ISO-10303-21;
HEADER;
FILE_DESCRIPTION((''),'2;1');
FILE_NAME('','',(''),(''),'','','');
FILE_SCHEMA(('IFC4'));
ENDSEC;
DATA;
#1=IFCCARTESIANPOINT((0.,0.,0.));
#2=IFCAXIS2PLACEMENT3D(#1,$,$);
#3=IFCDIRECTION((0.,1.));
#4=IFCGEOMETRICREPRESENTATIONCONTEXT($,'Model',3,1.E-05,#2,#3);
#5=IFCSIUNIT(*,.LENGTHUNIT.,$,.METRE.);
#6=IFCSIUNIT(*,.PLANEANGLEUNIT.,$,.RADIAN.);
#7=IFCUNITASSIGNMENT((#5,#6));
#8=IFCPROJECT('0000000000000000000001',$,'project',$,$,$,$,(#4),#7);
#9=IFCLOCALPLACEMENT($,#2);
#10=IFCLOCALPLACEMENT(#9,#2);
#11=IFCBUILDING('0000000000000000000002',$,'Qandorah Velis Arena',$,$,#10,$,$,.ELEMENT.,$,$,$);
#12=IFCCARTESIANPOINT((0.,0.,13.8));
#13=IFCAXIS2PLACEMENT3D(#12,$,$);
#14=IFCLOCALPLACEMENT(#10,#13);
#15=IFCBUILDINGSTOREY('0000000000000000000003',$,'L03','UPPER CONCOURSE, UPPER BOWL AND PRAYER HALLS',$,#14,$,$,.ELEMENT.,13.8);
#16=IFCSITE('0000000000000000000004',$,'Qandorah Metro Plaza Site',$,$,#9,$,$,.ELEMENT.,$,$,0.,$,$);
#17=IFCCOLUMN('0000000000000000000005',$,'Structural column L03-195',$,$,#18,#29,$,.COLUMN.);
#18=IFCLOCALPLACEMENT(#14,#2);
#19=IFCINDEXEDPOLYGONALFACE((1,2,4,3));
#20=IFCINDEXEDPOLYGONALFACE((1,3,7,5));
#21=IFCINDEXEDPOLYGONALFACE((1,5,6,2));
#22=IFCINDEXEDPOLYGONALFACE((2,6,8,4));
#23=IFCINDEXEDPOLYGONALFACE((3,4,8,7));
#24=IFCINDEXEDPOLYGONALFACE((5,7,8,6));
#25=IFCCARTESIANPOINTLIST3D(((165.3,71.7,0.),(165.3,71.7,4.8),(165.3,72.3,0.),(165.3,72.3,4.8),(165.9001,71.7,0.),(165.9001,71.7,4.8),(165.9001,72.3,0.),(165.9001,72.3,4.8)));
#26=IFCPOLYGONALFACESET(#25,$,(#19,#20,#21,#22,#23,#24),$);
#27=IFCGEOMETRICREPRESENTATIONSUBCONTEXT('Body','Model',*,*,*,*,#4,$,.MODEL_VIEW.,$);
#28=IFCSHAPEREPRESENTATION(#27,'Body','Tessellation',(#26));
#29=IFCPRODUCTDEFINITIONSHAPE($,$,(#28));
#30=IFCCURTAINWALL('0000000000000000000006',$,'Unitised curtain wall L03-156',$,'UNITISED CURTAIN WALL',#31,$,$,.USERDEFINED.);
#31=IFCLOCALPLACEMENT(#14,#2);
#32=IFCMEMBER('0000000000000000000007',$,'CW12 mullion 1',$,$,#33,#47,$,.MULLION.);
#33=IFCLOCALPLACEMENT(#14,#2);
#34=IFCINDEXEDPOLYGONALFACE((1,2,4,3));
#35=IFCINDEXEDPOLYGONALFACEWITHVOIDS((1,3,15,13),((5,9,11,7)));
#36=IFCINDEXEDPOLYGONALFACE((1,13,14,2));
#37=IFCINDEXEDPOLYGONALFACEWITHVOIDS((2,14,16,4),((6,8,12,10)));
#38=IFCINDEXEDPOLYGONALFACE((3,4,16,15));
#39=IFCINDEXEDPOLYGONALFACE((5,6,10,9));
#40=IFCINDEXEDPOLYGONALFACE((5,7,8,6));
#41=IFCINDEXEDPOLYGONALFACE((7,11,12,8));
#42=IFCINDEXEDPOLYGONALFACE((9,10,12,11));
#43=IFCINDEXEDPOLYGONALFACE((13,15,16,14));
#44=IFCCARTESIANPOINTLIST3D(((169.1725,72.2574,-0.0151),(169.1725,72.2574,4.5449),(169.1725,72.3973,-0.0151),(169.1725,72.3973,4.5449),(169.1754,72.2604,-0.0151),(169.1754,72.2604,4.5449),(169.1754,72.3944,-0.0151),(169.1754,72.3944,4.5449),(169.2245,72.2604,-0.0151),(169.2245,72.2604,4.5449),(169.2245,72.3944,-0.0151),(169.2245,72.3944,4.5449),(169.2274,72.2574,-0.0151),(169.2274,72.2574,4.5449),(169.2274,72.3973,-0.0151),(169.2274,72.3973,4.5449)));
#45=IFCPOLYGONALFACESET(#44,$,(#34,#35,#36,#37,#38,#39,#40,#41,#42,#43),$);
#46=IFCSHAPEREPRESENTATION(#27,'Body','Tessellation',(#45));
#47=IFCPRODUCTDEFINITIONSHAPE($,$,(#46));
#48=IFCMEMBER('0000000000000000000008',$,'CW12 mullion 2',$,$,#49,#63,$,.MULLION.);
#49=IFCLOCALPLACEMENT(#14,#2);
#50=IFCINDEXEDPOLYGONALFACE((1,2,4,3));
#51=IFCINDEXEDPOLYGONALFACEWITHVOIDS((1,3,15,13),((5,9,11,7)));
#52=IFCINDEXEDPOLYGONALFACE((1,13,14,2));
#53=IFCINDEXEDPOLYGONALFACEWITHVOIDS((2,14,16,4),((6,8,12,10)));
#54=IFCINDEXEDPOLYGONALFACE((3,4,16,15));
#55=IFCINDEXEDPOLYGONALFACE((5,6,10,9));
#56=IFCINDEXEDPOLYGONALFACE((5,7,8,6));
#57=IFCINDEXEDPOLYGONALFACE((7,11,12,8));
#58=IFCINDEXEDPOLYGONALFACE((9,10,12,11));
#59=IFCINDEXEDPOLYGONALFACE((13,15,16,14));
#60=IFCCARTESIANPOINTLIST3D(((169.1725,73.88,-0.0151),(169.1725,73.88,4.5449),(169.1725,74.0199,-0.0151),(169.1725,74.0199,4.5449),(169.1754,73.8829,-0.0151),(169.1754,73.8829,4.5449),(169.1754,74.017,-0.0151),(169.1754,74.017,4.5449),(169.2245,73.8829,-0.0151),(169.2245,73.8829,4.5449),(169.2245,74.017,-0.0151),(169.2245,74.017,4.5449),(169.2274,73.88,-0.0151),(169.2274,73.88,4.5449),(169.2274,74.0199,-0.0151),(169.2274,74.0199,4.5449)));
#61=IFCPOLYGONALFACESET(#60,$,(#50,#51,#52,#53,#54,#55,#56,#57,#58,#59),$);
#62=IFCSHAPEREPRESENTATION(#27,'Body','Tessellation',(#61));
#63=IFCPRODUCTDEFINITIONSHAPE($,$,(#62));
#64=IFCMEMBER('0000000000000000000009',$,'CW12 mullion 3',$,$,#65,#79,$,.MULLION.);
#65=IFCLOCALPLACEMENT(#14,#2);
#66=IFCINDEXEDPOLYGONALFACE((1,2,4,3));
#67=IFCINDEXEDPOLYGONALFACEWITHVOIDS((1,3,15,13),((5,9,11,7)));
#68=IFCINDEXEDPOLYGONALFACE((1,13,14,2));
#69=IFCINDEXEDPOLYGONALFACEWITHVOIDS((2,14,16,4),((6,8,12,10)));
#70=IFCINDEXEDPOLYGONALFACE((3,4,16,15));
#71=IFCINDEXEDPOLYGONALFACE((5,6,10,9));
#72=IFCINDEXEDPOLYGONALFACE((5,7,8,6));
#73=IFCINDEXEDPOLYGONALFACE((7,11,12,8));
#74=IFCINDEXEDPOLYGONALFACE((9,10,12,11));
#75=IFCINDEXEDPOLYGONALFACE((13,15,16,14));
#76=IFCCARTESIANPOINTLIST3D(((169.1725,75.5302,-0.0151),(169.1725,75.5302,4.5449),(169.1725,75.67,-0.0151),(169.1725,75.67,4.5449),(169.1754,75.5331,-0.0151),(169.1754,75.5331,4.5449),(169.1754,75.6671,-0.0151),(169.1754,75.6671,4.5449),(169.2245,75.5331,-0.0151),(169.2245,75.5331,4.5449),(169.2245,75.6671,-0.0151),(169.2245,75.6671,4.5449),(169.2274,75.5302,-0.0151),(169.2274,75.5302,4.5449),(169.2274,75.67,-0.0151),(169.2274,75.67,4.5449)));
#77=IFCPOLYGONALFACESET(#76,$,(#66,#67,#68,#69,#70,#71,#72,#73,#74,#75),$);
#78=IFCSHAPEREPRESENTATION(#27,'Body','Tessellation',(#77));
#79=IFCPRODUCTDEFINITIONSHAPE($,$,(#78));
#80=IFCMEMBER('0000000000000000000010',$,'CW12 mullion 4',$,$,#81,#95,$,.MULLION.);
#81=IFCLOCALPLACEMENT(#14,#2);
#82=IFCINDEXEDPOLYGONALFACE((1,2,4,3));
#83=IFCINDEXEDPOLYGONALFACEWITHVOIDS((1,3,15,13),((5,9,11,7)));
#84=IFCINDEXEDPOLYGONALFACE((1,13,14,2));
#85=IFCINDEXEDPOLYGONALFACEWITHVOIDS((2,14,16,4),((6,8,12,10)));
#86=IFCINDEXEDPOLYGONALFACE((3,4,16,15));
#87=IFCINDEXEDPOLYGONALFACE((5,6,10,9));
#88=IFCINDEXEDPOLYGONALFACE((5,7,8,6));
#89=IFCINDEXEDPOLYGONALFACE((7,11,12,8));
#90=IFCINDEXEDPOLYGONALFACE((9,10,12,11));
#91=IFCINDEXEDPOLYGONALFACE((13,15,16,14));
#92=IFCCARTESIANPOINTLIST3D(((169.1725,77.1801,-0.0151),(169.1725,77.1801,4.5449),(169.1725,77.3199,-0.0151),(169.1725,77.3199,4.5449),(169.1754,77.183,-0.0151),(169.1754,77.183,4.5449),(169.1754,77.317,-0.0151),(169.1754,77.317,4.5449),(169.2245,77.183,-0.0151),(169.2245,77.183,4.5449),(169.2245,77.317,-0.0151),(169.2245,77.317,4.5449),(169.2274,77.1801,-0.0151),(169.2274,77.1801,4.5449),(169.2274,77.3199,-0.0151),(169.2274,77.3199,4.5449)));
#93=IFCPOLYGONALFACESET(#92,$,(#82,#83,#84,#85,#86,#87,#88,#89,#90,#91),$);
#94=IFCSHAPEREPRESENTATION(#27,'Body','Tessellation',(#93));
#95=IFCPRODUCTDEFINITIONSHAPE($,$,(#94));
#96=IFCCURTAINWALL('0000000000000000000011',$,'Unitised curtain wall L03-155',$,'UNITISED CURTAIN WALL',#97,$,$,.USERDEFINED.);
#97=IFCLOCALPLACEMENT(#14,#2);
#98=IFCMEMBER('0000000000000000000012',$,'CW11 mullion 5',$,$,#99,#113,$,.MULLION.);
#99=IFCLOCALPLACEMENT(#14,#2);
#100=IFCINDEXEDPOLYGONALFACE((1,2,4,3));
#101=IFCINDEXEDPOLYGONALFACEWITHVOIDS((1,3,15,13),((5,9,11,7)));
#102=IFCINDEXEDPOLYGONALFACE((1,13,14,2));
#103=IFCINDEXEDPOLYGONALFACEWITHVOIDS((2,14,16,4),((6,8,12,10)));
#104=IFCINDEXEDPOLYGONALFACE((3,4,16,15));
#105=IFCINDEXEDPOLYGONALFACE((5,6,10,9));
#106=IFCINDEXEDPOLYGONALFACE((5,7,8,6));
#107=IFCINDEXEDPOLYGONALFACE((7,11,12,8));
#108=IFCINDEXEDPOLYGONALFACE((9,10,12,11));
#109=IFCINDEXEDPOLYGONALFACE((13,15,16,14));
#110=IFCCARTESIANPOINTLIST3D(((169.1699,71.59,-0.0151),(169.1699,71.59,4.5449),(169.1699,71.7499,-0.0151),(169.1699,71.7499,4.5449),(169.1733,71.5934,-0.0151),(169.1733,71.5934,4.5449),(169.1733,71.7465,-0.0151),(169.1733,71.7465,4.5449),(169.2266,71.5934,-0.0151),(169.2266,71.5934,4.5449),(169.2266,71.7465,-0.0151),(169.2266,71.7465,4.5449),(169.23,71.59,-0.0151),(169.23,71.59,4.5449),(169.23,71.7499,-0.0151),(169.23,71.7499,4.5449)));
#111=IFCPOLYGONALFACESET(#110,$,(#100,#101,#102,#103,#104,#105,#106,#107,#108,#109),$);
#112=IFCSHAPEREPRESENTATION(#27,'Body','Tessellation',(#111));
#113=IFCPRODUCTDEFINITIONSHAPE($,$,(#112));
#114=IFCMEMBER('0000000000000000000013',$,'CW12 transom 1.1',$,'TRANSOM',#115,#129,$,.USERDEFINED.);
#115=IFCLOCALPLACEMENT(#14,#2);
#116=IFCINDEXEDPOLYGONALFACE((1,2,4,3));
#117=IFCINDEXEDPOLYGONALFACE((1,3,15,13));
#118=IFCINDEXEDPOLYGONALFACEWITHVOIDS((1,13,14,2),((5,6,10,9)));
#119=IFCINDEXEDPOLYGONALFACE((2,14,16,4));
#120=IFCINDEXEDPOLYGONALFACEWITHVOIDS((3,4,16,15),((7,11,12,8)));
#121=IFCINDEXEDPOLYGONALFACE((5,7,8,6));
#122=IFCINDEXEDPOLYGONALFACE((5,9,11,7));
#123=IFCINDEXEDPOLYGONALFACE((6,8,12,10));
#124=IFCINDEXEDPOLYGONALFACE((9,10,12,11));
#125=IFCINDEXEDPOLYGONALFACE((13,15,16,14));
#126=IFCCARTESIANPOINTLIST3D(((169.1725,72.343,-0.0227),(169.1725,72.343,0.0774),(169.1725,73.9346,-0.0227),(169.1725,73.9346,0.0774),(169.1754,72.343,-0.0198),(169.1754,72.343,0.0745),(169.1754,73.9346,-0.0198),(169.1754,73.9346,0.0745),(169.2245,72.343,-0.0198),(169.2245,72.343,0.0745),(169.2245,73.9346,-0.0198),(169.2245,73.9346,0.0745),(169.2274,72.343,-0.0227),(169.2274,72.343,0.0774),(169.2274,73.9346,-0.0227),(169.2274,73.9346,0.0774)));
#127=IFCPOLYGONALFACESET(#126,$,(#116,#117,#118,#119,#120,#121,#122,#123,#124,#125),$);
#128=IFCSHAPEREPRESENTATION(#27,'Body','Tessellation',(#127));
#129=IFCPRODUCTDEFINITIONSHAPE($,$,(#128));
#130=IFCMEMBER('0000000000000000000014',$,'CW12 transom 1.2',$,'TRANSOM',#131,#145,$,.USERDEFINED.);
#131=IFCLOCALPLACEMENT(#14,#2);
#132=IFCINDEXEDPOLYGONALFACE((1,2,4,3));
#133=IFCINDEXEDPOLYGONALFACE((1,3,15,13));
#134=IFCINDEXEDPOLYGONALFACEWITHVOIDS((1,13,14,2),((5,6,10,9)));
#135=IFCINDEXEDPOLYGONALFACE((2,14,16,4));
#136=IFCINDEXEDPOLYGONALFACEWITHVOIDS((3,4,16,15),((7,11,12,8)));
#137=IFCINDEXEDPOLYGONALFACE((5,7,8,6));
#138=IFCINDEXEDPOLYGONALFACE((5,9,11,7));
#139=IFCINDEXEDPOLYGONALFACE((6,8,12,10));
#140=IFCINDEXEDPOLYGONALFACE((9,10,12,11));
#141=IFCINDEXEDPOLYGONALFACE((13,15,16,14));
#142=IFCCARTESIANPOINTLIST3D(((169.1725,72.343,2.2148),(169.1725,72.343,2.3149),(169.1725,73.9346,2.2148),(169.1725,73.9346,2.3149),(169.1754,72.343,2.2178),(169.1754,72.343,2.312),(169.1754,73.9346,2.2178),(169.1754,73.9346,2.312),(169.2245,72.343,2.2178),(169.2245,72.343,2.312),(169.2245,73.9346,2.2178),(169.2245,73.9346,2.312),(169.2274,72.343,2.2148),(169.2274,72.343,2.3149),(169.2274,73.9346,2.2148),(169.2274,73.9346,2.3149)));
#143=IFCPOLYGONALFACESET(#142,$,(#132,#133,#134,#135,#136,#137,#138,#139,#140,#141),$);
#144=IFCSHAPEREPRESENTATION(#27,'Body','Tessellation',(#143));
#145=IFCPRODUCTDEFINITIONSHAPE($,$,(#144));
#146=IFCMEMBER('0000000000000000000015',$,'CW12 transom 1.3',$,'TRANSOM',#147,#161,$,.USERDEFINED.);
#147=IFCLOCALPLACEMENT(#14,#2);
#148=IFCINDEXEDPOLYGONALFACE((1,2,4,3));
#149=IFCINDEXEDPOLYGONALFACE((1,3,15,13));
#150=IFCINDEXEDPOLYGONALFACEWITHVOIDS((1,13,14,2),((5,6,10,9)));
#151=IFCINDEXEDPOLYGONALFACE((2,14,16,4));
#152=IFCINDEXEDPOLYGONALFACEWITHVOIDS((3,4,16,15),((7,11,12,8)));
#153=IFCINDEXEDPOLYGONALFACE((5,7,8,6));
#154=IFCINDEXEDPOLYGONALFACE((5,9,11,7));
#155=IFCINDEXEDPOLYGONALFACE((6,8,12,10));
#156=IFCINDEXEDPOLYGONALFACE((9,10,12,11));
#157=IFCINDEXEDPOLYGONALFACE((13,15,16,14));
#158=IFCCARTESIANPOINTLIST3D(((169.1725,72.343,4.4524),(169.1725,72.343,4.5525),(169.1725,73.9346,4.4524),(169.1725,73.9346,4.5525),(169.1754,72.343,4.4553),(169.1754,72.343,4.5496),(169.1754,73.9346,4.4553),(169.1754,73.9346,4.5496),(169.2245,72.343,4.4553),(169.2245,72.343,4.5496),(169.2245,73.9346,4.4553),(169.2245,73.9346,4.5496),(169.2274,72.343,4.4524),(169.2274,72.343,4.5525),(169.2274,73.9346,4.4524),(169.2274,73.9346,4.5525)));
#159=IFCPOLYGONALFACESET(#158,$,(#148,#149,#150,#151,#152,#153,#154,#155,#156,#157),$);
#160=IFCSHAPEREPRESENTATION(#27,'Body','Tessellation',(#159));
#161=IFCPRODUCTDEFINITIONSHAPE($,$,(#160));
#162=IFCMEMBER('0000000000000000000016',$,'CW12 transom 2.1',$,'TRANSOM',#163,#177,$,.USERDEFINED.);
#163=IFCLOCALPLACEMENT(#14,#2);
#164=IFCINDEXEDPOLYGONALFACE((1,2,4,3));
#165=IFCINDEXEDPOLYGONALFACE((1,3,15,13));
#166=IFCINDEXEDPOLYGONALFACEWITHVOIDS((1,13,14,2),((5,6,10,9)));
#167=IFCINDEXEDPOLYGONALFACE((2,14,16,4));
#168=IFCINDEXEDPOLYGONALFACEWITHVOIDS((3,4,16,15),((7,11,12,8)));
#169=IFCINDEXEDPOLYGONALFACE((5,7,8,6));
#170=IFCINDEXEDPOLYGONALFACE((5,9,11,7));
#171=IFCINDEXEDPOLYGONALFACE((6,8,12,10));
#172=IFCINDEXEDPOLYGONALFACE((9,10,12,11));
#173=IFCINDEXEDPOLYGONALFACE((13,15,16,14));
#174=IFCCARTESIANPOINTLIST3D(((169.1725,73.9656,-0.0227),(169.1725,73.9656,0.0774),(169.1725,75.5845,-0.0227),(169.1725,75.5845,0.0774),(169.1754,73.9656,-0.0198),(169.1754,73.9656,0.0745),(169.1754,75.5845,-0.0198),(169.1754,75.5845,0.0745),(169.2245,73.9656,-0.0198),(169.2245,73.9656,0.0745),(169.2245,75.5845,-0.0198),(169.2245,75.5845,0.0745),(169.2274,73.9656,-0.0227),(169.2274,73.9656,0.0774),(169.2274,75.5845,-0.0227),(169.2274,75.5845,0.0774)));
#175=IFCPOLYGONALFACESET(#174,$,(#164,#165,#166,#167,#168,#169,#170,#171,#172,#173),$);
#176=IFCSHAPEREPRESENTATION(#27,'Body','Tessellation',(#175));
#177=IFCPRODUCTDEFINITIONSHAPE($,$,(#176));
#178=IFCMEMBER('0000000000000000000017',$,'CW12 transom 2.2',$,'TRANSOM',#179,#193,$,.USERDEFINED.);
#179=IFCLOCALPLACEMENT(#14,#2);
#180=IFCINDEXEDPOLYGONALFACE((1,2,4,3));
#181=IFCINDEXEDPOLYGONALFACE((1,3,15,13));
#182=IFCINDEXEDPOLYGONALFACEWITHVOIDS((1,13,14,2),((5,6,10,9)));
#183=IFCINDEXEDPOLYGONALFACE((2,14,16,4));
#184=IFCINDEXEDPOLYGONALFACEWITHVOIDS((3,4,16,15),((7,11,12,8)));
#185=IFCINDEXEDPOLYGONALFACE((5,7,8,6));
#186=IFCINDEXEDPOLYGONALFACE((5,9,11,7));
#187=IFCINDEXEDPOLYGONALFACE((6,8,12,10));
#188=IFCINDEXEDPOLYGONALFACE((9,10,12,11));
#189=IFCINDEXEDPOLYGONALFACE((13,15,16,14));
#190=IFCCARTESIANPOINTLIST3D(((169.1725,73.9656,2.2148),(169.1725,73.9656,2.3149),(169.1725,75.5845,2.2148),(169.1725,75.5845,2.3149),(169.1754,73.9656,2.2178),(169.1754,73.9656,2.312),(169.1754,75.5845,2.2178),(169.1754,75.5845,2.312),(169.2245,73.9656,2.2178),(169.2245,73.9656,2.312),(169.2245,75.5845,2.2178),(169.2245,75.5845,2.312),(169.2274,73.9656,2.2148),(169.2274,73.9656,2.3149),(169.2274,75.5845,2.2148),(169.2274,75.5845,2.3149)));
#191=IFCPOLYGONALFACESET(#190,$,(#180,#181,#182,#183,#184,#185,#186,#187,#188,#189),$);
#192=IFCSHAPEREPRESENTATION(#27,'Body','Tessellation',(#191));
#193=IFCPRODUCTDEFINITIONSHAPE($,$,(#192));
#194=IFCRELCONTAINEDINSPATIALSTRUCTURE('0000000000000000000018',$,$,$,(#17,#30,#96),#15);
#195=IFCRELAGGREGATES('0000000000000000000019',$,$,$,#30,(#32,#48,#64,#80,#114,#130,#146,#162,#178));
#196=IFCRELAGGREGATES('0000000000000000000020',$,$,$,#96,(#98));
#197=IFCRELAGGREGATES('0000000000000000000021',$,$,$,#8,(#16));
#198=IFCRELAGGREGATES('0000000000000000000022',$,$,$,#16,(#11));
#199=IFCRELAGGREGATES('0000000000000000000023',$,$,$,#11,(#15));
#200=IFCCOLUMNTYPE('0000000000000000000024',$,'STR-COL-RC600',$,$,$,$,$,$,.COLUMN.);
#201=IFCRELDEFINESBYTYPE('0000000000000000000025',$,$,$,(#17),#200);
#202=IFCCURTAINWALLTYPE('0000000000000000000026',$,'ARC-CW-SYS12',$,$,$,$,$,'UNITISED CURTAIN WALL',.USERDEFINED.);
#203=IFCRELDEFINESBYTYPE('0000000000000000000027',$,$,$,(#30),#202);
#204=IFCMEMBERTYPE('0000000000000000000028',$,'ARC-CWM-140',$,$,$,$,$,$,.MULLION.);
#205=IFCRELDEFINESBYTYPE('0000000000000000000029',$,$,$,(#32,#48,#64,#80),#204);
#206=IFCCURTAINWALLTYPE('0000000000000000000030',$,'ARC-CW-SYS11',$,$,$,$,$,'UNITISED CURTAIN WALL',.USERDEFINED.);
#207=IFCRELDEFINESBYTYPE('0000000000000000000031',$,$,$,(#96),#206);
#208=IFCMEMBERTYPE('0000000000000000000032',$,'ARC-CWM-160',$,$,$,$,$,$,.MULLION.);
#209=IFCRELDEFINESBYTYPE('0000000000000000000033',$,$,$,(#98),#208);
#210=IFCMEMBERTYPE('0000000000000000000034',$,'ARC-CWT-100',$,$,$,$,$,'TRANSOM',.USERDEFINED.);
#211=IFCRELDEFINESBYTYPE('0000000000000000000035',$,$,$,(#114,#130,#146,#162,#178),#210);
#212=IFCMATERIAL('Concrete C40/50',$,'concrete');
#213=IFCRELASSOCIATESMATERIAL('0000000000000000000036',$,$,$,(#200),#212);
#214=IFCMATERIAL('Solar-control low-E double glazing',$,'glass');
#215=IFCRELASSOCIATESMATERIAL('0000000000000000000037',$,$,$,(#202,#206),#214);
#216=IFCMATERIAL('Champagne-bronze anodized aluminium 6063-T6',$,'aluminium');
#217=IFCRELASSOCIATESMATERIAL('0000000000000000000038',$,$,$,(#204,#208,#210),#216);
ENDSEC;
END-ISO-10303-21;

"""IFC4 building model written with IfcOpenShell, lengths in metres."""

from ifc_helpers import new_model, si_unit, direction, frame, origin, origin_2d, place, context, subcontext, project, spatial, rectangle, hollow_rectangle, extrude, material, material_profile, profile_set, type_object, element, aggregate, save


model = new_model("IFC4")

# Units and contexts
model_context = context("Model", 3, precision=1e-05, world=origin(), true_north=direction((0.0, 1.0)))
body_context = subcontext(model_context, "Body", "Model", "MODEL_VIEW")
ifc_project = project(units=[si_unit("LENGTHUNIT", "METRE"), si_unit("PLANEANGLEUNIT", "RADIAN")], contexts=[model_context])

# Site, building, storey
site_placement = place(None, origin())
site = spatial("IfcSite", under=ifc_project, at=site_placement, Name="Qandorah Metro Plaza Site", CompositionType="ELEMENT", RefElevation=0.0)
building_placement = place(site_placement, origin())
building = spatial("IfcBuilding", under=site, at=building_placement, Name="Qandorah Velis Arena", CompositionType="ELEMENT")
storey_placement = place(building_placement, frame((0.0, 0.0, 13.8)))
storey = spatial("IfcBuildingStorey", under=building, at=storey_placement, Name="L03", Description="UPPER CONCOURSE, UPPER BOWL AND PRAYER HALLS", CompositionType="ELEMENT", Elevation=13.8)

# Column
ifc_material_1 = material(Name="Concrete C40/50", Category="concrete")
ifc_material_profile_1 = material_profile(ifc_material_1, rectangle(XDim=0.6001, YDim=0.6001, at=origin_2d()), Name="RC COL 600x600")
ifc_profile_set_1 = profile_set([ifc_material_profile_1], Name="Concrete C40/50")
column_type = type_object("IfcColumnType", Name="STR-COL-RC600", PredefinedType="COLUMN", material=ifc_profile_set_1)
column_placement = place(storey_placement, frame((165.6001, 72.0, 0.0), z_axis=(0.0, 0.0, 1.0), x_axis=(1.0, 0.0, 0.0)))
element("IfcColumn", 1, at=column_placement, inside=storey, type_object=column_type, Name="Structural column L03-195", PredefinedType="COLUMN", context=body_context, shape_type="SweptSolid", body=[
    extrude(rectangle(XDim=0.6001, YDim=0.6001, at=origin_2d()), origin(), (0.0, 0.0, 1.0), 4.8),
])

# Curtain wall, members
ifc_material_2 = material(Name="Solar-control low-E double glazing", Category="glass")
curtain_wall_type_1 = type_object("IfcCurtainWallType", Name="ARC-CW-SYS12", ElementType="UNITISED CURTAIN WALL", PredefinedType="USERDEFINED", material=ifc_material_2)
curtain_wall_1_placement = place(storey_placement, origin())
curtain_wall_1 = element("IfcCurtainWall", 2, at=curtain_wall_1_placement, inside=storey, type_object=curtain_wall_type_1, Name="Unitised curtain wall L03-156", ObjectType="UNITISED CURTAIN WALL", PredefinedType="USERDEFINED")
ifc_material_3 = material(Name="Champagne-bronze anodized aluminium 6063-T6", Category="aluminium")
ifc_material_profile_2 = material_profile(ifc_material_3, hollow_rectangle(XDim=0.0549, YDim=0.1399, WallThickness=0.0029, at=origin_2d()), Name="ALU MULLION 55x140")
ifc_profile_set_2 = profile_set([ifc_material_profile_2], Name="Champagne-bronze anodized aluminium 6063-T6")
member_type_1 = type_object("IfcMemberType", Name="ARC-CWM-140", PredefinedType="MULLION", material=ifc_profile_set_2)
member_1_placement = place(storey_placement, frame((169.2, 72.3274, -0.0151), z_axis=(0.0, 0.0, 1.0), x_axis=(-1.0, 0.0, 0.0)))
member_1 = element("IfcMember", 3, at=member_1_placement, type_object=member_type_1, Name="CW12 mullion 1", PredefinedType="MULLION", context=body_context, shape_type="SweptSolid", body=[
    extrude(hollow_rectangle(XDim=0.0549, YDim=0.1399, WallThickness=0.0029, at=origin_2d()), origin(), (0.0, 0.0, 1.0), 4.5601),
])
member_2_placement = place(storey_placement, frame((169.2, 73.95, -0.0151), z_axis=(0.0, 0.0, 1.0), x_axis=(-1.0, 0.0, 0.0)))
member_2 = element("IfcMember", 4, at=member_2_placement, type_object=member_type_1, Name="CW12 mullion 2", PredefinedType="MULLION", context=body_context, shape_type="SweptSolid", body=[
    extrude(hollow_rectangle(XDim=0.0549, YDim=0.1399, WallThickness=0.0029, at=origin_2d()), origin(), (0.0, 0.0, 1.0), 4.5601),
])
member_3_placement = place(storey_placement, frame((169.2, 75.6001, -0.0151), z_axis=(0.0, 0.0, 1.0), x_axis=(-1.0, 0.0, 0.0)))
member_3 = element("IfcMember", 5, at=member_3_placement, type_object=member_type_1, Name="CW12 mullion 3", PredefinedType="MULLION", context=body_context, shape_type="SweptSolid", body=[
    extrude(hollow_rectangle(XDim=0.0549, YDim=0.1399, WallThickness=0.0029, at=origin_2d()), origin(), (0.0, 0.0, 1.0), 4.5601),
])
member_4_placement = place(storey_placement, frame((169.2, 77.25, -0.0151), z_axis=(0.0, 0.0, 1.0), x_axis=(-1.0, 0.0, 0.0)))
member_4 = element("IfcMember", 6, at=member_4_placement, type_object=member_type_1, Name="CW12 mullion 4", PredefinedType="MULLION", context=body_context, shape_type="SweptSolid", body=[
    extrude(hollow_rectangle(XDim=0.0549, YDim=0.1399, WallThickness=0.0029, at=origin_2d()), origin(), (0.0, 0.0, 1.0), 4.5601),
])

# Curtain wall, member
curtain_wall_type_2 = type_object("IfcCurtainWallType", Name="ARC-CW-SYS11", ElementType="UNITISED CURTAIN WALL", PredefinedType="USERDEFINED", material=ifc_material_2)
curtain_wall_2_placement = place(storey_placement, origin())
curtain_wall_2 = element("IfcCurtainWall", 7, at=curtain_wall_2_placement, inside=storey, type_object=curtain_wall_type_2, Name="Unitised curtain wall L03-155", ObjectType="UNITISED CURTAIN WALL", PredefinedType="USERDEFINED")
ifc_material_profile_3 = material_profile(ifc_material_3, hollow_rectangle(XDim=0.0601, YDim=0.1599, WallThickness=0.0034, at=origin_2d()), Name="ALU MULLION 60x160")
ifc_profile_set_3 = profile_set([ifc_material_profile_3], Name="Champagne-bronze anodized aluminium 6063-T6")
member_type_2 = type_object("IfcMemberType", Name="ARC-CWM-160", PredefinedType="MULLION", material=ifc_profile_set_3)
member_5_placement = place(storey_placement, frame((169.2, 71.6699, -0.0151), z_axis=(0.0, 0.0, 1.0), x_axis=(-1.0, 0.0, 0.0)))
member_5 = element("IfcMember", 8, at=member_5_placement, type_object=member_type_2, Name="CW11 mullion 5", PredefinedType="MULLION", context=body_context, shape_type="SweptSolid", body=[
    extrude(hollow_rectangle(XDim=0.0601, YDim=0.1599, WallThickness=0.0034, at=origin_2d()), origin(), (0.0, 0.0, 1.0), 4.5601),
])

# Members
ifc_material_profile_4 = material_profile(ifc_material_3, hollow_rectangle(XDim=0.0549, YDim=0.1001, WallThickness=0.0029, at=origin_2d()), Name="ALU TRANSOM 55x100")
ifc_profile_set_4 = profile_set([ifc_material_profile_4], Name="Champagne-bronze anodized aluminium 6063-T6")
member_type_3 = type_object("IfcMemberType", Name="ARC-CWT-100", ElementType="TRANSOM", PredefinedType="USERDEFINED", material=ifc_profile_set_4)
member_6_placement = place(storey_placement, frame((169.2, 72.343, 0.0273), z_axis=(0.0, 1.0, 0.0), x_axis=(-1.0, 0.0, 0.0)))
member_6 = element("IfcMember", 9, at=member_6_placement, type_object=member_type_3, Name="CW12 transom 1.1", ObjectType="TRANSOM", PredefinedType="USERDEFINED", context=body_context, shape_type="SweptSolid", body=[
    extrude(hollow_rectangle(XDim=0.0549, YDim=0.1001, WallThickness=0.0029, at=origin_2d()), origin(), (0.0, 0.0, 1.0), 1.5916),
])
member_7_placement = place(storey_placement, frame((169.2, 72.343, 2.2649), z_axis=(0.0, 1.0, 0.0), x_axis=(-1.0, 0.0, 0.0)))
member_7 = element("IfcMember", 10, at=member_7_placement, type_object=member_type_3, Name="CW12 transom 1.2", ObjectType="TRANSOM", PredefinedType="USERDEFINED", context=body_context, shape_type="SweptSolid", body=[
    extrude(hollow_rectangle(XDim=0.0549, YDim=0.1001, WallThickness=0.0029, at=origin_2d()), origin(), (0.0, 0.0, 1.0), 1.5916),
])
member_8_placement = place(storey_placement, frame((169.2, 72.343, 4.5024), z_axis=(0.0, 1.0, 0.0), x_axis=(-1.0, 0.0, 0.0)))
member_8 = element("IfcMember", 11, at=member_8_placement, type_object=member_type_3, Name="CW12 transom 1.3", ObjectType="TRANSOM", PredefinedType="USERDEFINED", context=body_context, shape_type="SweptSolid", body=[
    extrude(hollow_rectangle(XDim=0.0549, YDim=0.1001, WallThickness=0.0029, at=origin_2d()), origin(), (0.0, 0.0, 1.0), 1.5916),
])
member_9_placement = place(storey_placement, frame((169.2, 73.9656, 0.0273), z_axis=(0.0, 1.0, 0.0), x_axis=(-1.0, 0.0, 0.0)))
member_9 = element("IfcMember", 12, at=member_9_placement, type_object=member_type_3, Name="CW12 transom 2.1", ObjectType="TRANSOM", PredefinedType="USERDEFINED", context=body_context, shape_type="SweptSolid", body=[
    extrude(hollow_rectangle(XDim=0.0549, YDim=0.1001, WallThickness=0.0029, at=origin_2d()), origin(), (0.0, 0.0, 1.0), 1.6189),
])
member_10_placement = place(storey_placement, frame((169.2, 73.9656, 2.2649), z_axis=(0.0, 1.0, 0.0), x_axis=(-1.0, 0.0, 0.0)))
member_10 = element("IfcMember", 13, at=member_10_placement, type_object=member_type_3, Name="CW12 transom 2.2", ObjectType="TRANSOM", PredefinedType="USERDEFINED", context=body_context, shape_type="SweptSolid", body=[
    extrude(hollow_rectangle(XDim=0.0549, YDim=0.1001, WallThickness=0.0029, at=origin_2d()), origin(), (0.0, 0.0, 1.0), 1.6189),
])

aggregate(curtain_wall_1, [member_1, member_2, member_3, member_4, member_6, member_7, member_8, member_9, member_10])
aggregate(curtain_wall_2, [member_5])

save(model, "model.ifc")
